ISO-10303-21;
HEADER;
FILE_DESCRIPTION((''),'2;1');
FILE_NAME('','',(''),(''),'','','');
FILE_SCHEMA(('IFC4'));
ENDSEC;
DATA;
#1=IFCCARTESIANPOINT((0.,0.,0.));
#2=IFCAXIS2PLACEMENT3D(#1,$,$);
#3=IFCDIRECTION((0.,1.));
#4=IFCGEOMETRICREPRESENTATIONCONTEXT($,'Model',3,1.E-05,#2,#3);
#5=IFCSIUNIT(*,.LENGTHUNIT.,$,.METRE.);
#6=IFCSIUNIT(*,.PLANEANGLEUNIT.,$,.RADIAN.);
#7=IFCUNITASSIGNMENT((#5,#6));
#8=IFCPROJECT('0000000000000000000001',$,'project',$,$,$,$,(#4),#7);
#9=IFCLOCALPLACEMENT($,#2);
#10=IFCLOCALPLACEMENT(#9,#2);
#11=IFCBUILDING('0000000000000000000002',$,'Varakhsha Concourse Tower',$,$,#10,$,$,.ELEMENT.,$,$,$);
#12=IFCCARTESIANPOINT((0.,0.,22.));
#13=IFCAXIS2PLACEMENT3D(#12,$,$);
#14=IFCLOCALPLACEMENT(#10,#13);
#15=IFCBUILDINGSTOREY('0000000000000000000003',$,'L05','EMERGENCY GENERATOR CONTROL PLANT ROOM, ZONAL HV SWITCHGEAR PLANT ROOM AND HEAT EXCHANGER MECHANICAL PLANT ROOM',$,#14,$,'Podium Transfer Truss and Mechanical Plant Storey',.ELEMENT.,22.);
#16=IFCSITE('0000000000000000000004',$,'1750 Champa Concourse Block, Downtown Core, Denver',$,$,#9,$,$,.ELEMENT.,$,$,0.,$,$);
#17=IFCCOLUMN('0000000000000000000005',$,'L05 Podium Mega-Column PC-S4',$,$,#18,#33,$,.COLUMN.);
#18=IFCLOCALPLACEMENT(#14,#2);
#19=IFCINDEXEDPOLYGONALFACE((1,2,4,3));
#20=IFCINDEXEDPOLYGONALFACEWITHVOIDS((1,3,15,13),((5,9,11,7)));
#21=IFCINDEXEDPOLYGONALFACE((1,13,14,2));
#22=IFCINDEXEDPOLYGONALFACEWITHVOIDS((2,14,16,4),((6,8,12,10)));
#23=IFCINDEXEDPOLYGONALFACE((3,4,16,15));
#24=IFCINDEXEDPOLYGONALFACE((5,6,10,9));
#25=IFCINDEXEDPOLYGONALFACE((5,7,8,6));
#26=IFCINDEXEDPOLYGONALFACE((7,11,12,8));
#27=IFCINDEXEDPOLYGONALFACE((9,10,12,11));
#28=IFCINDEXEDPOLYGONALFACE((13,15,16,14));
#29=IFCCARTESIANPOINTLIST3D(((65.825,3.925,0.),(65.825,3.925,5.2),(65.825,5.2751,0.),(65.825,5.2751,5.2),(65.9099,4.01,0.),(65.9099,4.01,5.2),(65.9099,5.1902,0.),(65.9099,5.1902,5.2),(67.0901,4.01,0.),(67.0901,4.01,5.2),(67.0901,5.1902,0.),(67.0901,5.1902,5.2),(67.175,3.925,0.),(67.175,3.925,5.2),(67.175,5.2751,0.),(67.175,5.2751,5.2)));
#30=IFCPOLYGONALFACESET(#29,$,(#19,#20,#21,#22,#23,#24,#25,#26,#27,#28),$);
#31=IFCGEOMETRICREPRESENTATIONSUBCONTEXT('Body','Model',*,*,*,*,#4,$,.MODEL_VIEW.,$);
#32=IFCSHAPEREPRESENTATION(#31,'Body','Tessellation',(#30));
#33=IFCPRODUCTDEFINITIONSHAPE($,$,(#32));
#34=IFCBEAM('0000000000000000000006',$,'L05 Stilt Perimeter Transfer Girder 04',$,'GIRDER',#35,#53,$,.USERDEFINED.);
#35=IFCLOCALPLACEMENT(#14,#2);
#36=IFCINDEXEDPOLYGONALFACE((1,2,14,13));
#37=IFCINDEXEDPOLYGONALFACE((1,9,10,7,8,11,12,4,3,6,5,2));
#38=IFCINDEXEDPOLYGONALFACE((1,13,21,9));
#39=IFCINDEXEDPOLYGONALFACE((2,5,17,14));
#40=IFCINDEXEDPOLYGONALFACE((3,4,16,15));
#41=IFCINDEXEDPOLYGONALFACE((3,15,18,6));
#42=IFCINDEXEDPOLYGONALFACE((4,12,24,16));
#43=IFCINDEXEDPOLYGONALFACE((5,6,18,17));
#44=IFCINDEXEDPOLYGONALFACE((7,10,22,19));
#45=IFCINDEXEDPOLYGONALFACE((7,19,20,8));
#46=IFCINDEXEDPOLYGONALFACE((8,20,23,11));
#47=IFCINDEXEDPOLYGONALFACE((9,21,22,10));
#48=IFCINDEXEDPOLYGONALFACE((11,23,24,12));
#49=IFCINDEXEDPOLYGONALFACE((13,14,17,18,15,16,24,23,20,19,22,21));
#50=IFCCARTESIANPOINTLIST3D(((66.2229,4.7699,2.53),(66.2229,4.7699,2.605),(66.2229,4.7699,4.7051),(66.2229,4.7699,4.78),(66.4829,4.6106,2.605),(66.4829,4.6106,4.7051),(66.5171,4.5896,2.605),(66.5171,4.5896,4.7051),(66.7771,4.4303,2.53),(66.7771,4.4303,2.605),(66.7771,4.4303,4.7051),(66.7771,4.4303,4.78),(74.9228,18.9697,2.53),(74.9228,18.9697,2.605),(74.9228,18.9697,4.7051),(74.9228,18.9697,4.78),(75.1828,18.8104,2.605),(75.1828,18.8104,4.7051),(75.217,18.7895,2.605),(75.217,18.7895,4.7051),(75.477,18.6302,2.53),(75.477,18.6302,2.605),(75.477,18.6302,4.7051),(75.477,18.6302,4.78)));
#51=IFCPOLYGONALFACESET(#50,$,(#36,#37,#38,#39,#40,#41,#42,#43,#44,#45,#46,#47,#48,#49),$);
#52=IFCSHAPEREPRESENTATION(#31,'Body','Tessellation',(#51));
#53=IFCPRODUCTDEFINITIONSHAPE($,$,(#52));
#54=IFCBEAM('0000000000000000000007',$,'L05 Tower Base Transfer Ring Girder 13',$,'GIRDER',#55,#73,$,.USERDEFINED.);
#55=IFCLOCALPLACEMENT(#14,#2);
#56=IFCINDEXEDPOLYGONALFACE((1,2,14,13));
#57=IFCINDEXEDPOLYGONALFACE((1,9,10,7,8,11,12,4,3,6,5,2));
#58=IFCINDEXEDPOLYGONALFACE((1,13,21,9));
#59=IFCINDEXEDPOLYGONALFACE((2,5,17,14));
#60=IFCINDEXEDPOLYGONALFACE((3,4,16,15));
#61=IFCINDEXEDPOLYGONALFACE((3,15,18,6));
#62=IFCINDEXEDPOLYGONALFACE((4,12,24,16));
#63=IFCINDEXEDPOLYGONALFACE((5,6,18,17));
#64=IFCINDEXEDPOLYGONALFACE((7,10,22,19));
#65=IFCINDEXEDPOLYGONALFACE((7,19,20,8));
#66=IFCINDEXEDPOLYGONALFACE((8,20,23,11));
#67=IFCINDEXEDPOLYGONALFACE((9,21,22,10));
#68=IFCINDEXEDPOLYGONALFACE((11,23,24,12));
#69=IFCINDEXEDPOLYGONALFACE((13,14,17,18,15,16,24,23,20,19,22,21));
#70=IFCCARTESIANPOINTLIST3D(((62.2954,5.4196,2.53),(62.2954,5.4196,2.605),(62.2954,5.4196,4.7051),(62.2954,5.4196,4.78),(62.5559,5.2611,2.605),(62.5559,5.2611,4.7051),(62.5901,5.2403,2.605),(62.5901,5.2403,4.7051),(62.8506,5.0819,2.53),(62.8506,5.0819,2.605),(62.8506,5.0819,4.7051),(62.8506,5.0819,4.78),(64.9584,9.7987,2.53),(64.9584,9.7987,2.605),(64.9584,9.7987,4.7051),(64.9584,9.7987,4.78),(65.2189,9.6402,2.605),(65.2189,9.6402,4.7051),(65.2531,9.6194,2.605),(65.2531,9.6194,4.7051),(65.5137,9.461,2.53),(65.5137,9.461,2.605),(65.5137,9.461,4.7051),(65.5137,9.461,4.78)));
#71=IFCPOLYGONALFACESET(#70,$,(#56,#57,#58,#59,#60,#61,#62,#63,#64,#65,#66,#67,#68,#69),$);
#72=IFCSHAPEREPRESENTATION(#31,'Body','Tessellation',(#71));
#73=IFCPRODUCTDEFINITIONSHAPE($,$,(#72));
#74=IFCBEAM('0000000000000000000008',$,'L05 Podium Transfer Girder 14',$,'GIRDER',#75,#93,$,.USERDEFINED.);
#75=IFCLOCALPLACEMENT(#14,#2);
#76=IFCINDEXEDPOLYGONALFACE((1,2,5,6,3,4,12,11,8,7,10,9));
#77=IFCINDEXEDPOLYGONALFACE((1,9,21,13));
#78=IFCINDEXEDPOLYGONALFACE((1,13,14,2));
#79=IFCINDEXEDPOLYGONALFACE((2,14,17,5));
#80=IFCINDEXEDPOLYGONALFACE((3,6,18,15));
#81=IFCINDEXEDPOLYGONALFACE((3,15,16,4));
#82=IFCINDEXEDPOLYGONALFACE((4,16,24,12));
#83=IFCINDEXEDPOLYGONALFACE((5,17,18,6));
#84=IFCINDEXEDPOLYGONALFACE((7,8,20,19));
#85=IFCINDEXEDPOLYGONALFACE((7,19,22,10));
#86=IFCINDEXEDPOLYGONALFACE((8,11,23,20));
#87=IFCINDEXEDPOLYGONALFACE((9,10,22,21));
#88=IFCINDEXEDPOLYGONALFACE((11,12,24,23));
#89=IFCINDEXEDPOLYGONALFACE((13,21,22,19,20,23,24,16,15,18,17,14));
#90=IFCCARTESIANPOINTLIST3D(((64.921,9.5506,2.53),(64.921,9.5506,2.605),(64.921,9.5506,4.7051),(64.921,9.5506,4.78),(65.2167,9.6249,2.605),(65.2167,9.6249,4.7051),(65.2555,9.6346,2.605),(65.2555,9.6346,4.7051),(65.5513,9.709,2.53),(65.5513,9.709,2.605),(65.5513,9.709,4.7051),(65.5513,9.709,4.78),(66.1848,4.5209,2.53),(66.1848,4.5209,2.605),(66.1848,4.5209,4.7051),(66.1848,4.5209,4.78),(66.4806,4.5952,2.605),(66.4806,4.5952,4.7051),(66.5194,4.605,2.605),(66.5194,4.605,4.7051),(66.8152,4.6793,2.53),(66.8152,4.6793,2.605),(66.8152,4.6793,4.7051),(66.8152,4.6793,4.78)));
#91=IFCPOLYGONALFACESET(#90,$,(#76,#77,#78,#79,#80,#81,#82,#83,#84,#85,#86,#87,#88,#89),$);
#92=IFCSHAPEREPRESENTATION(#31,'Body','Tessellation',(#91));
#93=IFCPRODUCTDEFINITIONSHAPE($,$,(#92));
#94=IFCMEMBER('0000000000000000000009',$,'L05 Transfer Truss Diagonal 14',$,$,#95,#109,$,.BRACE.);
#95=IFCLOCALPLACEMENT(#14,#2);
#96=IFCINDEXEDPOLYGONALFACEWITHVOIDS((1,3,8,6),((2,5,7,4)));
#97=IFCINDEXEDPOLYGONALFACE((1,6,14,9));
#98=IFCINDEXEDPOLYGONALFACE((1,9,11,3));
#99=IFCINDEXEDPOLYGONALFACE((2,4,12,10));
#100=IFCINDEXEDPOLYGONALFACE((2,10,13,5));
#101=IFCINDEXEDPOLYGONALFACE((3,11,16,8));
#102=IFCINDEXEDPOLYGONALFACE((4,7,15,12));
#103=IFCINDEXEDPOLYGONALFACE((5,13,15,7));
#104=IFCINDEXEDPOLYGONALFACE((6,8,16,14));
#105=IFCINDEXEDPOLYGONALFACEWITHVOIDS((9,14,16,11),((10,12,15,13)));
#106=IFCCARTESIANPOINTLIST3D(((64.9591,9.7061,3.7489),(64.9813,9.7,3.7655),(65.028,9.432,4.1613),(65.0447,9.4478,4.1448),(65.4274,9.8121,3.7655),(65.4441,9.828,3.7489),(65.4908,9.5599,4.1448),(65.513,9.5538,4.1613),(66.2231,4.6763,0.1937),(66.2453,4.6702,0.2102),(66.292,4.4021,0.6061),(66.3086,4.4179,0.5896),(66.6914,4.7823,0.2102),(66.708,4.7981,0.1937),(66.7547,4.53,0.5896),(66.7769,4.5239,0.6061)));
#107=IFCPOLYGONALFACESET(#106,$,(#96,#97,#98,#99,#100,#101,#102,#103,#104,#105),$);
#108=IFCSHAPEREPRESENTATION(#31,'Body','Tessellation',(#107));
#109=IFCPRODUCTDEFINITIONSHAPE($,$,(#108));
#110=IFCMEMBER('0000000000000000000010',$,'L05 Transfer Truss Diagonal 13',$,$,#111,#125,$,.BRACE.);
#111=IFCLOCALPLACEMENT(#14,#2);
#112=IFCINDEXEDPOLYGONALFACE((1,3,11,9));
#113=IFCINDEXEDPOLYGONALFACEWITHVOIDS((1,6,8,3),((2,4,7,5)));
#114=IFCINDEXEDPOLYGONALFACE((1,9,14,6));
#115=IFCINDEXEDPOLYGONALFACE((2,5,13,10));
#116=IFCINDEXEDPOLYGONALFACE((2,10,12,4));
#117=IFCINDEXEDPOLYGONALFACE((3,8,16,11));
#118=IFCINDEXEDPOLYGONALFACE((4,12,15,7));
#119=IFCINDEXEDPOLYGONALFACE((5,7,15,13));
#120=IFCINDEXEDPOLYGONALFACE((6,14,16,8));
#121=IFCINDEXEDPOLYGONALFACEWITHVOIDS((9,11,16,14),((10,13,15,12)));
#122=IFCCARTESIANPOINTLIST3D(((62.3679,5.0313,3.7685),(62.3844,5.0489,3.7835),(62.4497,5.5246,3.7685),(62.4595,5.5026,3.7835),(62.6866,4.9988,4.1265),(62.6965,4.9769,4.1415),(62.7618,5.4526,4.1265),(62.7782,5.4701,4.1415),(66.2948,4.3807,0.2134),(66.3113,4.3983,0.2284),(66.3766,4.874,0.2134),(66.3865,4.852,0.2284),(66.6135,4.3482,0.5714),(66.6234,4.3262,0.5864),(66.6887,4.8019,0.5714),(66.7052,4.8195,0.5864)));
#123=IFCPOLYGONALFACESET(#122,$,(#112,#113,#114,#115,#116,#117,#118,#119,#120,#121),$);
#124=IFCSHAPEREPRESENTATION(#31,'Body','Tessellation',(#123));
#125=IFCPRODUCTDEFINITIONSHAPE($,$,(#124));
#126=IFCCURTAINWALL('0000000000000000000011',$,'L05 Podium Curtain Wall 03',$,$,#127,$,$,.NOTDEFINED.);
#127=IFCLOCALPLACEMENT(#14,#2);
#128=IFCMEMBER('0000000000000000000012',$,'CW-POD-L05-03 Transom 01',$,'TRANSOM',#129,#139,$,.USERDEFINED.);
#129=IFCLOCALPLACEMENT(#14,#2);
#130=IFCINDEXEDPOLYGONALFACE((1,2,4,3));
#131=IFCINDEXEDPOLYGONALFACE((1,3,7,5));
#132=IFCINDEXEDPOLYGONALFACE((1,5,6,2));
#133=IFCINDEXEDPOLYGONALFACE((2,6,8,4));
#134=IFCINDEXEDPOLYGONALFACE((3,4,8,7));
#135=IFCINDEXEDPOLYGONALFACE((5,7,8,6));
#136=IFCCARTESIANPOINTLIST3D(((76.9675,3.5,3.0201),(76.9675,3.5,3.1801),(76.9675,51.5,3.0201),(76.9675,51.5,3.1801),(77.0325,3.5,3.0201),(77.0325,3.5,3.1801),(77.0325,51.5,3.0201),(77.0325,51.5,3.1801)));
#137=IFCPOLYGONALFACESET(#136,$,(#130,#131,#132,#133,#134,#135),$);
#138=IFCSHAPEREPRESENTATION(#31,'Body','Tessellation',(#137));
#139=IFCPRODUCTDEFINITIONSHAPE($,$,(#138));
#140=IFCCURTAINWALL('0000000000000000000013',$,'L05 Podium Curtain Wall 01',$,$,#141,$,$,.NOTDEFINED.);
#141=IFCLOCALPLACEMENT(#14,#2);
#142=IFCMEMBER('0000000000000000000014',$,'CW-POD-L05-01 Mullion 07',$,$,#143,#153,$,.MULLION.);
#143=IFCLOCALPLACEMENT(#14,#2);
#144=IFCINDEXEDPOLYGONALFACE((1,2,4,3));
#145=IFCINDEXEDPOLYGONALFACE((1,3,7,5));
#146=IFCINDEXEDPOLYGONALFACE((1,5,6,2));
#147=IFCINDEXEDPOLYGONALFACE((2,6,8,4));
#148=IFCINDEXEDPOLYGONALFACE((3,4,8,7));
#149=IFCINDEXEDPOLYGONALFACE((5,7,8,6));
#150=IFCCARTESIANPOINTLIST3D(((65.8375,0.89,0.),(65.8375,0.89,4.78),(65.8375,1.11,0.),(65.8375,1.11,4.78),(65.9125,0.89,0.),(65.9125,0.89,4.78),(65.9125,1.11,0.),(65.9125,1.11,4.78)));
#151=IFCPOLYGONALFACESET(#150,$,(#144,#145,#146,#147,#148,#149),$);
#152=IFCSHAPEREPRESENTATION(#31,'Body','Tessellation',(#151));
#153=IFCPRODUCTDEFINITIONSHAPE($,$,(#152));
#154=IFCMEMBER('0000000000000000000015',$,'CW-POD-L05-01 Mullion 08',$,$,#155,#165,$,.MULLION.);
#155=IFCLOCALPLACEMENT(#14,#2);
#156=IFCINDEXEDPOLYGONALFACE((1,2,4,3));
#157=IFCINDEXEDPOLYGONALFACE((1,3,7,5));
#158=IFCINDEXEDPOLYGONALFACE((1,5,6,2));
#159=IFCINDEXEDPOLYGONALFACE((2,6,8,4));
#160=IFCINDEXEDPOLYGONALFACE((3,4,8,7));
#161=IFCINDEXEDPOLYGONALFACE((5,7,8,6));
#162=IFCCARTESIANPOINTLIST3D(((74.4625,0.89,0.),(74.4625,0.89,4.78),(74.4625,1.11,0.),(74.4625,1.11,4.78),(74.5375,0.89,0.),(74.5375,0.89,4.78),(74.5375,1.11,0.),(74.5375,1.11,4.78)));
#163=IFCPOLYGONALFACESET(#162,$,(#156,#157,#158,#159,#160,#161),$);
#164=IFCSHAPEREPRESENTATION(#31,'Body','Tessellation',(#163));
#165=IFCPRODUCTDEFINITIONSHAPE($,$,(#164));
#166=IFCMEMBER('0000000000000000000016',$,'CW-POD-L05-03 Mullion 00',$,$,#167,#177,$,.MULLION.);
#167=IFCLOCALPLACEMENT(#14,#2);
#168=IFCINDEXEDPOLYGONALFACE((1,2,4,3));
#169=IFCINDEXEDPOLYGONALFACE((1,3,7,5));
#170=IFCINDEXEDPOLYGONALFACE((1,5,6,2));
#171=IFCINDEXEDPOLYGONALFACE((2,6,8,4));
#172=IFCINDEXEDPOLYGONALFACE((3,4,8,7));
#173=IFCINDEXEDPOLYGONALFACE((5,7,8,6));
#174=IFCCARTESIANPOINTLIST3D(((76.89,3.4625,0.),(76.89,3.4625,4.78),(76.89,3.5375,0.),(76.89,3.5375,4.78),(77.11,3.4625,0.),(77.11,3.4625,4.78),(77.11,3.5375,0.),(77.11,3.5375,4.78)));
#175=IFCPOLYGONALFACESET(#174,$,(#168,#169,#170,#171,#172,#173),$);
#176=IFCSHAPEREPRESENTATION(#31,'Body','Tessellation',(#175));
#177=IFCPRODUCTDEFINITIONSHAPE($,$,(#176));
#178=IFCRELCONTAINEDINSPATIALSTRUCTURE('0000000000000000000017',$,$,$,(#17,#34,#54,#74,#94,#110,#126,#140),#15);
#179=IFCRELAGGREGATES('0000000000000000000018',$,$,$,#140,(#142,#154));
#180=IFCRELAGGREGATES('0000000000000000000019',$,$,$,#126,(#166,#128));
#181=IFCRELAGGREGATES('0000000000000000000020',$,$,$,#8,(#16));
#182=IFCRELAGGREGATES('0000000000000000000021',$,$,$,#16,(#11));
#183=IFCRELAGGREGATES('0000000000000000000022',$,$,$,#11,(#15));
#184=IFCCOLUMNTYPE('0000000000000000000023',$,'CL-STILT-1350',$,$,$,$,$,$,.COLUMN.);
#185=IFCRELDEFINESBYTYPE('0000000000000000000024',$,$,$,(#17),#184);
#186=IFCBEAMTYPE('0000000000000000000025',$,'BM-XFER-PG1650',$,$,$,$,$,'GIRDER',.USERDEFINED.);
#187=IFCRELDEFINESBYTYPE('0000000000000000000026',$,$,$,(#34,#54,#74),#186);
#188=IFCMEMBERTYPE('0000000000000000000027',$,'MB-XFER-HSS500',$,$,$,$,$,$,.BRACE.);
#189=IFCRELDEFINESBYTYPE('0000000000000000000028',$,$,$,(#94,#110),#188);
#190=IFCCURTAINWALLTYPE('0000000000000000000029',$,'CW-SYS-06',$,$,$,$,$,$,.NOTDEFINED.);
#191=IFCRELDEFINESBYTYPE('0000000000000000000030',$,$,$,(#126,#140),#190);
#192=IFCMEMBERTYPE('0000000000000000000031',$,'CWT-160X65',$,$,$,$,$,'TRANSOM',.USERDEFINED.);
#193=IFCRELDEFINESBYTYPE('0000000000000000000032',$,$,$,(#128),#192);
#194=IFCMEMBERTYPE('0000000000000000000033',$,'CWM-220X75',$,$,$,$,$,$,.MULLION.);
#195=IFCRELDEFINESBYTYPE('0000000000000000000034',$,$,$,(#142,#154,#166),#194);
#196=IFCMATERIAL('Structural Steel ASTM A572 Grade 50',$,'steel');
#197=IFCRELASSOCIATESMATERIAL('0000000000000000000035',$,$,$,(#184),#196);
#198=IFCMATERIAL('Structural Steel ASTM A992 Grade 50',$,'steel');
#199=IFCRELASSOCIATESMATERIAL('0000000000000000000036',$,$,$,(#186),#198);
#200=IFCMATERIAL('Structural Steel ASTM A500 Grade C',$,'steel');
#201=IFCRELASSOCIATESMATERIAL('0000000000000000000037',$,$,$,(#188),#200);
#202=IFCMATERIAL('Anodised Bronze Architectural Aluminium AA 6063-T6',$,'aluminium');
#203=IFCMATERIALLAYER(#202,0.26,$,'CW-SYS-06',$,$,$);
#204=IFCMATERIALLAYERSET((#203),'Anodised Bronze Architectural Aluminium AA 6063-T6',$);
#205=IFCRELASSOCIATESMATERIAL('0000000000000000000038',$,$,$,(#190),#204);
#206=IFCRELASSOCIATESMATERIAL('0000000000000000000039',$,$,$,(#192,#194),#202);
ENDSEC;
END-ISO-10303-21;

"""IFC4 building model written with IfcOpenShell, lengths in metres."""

from ifc_helpers import new_model, si_unit, direction, frame, origin, origin_2d, place, context, subcontext, project, spatial, rectangle, hollow_rectangle, i_section, extrude, source, transform, mapped, material, layer, layer_set, material_profile, profile_set, type_object, type_shapes, element, aggregate, save


model = new_model("IFC4")

# Units and contexts
model_context = context("Model", 3, precision=1e-05, world=origin(), true_north=direction((0.0, 1.0)))
body_context = subcontext(model_context, "Body", "Model", "MODEL_VIEW")
ifc_project = project(units=[si_unit("LENGTHUNIT", "METRE"), si_unit("PLANEANGLEUNIT", "RADIAN")], contexts=[model_context])

# Site, building, storey
site_placement = place(None, origin())
site = spatial("IfcSite", under=ifc_project, at=site_placement, Name="1750 Champa Concourse Block, Downtown Core, Denver", CompositionType="ELEMENT", RefElevation=0.0)
building_placement = place(site_placement, origin())
building = spatial("IfcBuilding", under=site, at=building_placement, Name="Varakhsha Concourse Tower", CompositionType="ELEMENT")
storey_placement = place(building_placement, frame((0.0, 0.0, 22.0)))
storey = spatial("IfcBuildingStorey", under=building, at=storey_placement, Name="L05", Description="EMERGENCY GENERATOR CONTROL PLANT ROOM, ZONAL HV SWITCHGEAR PLANT ROOM AND HEAT EXCHANGER MECHANICAL PLANT ROOM", LongName="Podium Transfer Truss and Mechanical Plant Storey", CompositionType="ELEMENT", Elevation=22.0)

# Column
ifc_material_1 = material(Name="Structural Steel ASTM A572 Grade 50", Category="steel")
ifc_material_profile_1 = material_profile(ifc_material_1, hollow_rectangle(XDim=1.3501, YDim=1.3501, WallThickness=0.085, at=origin_2d()), Name="BOX 1350x1350x85")
ifc_profile_set_1 = profile_set([ifc_material_profile_1], Name="Structural Steel ASTM A572 Grade 50")
column_type = type_object("IfcColumnType", Name="CL-STILT-1350", PredefinedType="COLUMN", material=ifc_profile_set_1)
column_placement = place(storey_placement, frame((66.5, 4.6001, 0.0), z_axis=(0.0, 0.0, 1.0), x_axis=(1.0, 0.0, 0.0)))
element("IfcColumn", 1, at=column_placement, inside=storey, type_object=column_type, Name="L05 Podium Mega-Column PC-S4", PredefinedType="COLUMN", context=body_context, shape_type="SweptSolid", body=[
    extrude(hollow_rectangle(XDim=1.3501, YDim=1.3501, WallThickness=0.085, at=origin_2d()), origin(), (0.0, 0.0, 1.0), 5.2),
])

# Beams
ifc_material_2 = material(Name="Structural Steel ASTM A992 Grade 50", Category="steel")
ifc_material_profile_2 = material_profile(ifc_material_2, i_section(OverallWidth=0.6499, OverallDepth=2.25, WebThickness=0.04, FlangeThickness=0.075, at=origin_2d()), Name="PG 2250x650x75x40")
ifc_profile_set_2 = profile_set([ifc_material_profile_2], Name="Structural Steel ASTM A992 Grade 50")
beam_type = type_object("IfcBeamType", Name="BM-XFER-PG1650", ElementType="GIRDER", PredefinedType="USERDEFINED", material=ifc_profile_set_2)
beam_1_placement = place(storey_placement, frame((66.5, 4.6001, 3.655), z_axis=(0.52242, 0.852688, 0.0), x_axis=(-0.852688, 0.52242, 0.0)))
element("IfcBeam", 2, at=beam_1_placement, inside=storey, type_object=beam_type, Name="L05 Stilt Perimeter Transfer Girder 04", ObjectType="GIRDER", PredefinedType="USERDEFINED", context=body_context, shape_type="SweptSolid", body=[
    extrude(i_section(OverallWidth=0.6499, OverallDepth=2.25, WebThickness=0.04, FlangeThickness=0.075, at=origin_2d()), origin(), (0.0, 0.0, 1.0), 16.6531),
])
beam_2_placement = place(storey_placement, frame((62.573, 5.2507, 3.655), z_axis=(0.519593, 0.854414, 0.0), x_axis=(-0.854414, 0.519593, 0.0)))
element("IfcBeam", 3, at=beam_2_placement, inside=storey, type_object=beam_type, Name="L05 Tower Base Transfer Ring Girder 13", ObjectType="GIRDER", PredefinedType="USERDEFINED", context=body_context, shape_type="SweptSolid", body=[
    extrude(i_section(OverallWidth=0.6499, OverallDepth=2.25, WebThickness=0.04, FlangeThickness=0.075, at=origin_2d()), origin(), (0.0, 0.0, 1.0), 5.1252),
])
beam_3_placement = place(storey_placement, frame((66.5, 4.6001, 3.655), z_axis=(-0.24371, 0.969848, 0.0), x_axis=(-0.969848, -0.24371, 0.0)))
element("IfcBeam", 4, at=beam_3_placement, inside=storey, type_object=beam_type, Name="L05 Podium Transfer Girder 14", ObjectType="GIRDER", PredefinedType="USERDEFINED", context=body_context, shape_type="SweptSolid", body=[
    extrude(i_section(OverallWidth=0.6499, OverallDepth=2.25, WebThickness=0.04, FlangeThickness=0.075, at=origin_2d()), origin(), (0.0, 0.0, 1.0), 5.186),
])

# Members
ifc_material_3 = material(Name="Structural Steel ASTM A500 Grade C", Category="steel")
ifc_material_profile_3 = material_profile(ifc_material_3, hollow_rectangle(XDim=0.5, YDim=0.5, WallThickness=0.02, at=origin_2d()), Name="HSS 500x500x20")
ifc_profile_set_3 = profile_set([ifc_material_profile_3], Name="Structural Steel ASTM A500 Grade C")
member_type_1 = type_object("IfcMemberType", Name="MB-XFER-HSS500", PredefinedType="BRACE", material=ifc_profile_set_3)
shared_shape_1 = source(origin(), body_context, "Body", "SweptSolid", [
    extrude(hollow_rectangle(XDim=0.5, YDim=0.5, WallThickness=0.02, at=origin_2d()), origin(), (0.0, 0.0, 1.0), 6.2878),
])
member_1_placement = place(storey_placement, frame((66.5, 4.6001, 0.3999), z_axis=(-0.201013, 0.799937, 0.565415), x_axis=(-0.969848, -0.24371, 0.0)))
element("IfcMember", 5, at=member_1_placement, inside=storey, type_object=member_type_1, Name="L05 Transfer Truss Diagonal 14", PredefinedType="BRACE", context=body_context, shape_type="MappedRepresentation", body=[
    mapped(shared_shape_1, transform((0.0, 0.0, 0.0), scale=1.0)),
])
shared_shape_2 = source(origin(), body_context, "Body", "SweptSolid", [
    extrude(hollow_rectangle(XDim=0.5, YDim=0.5, WallThickness=0.02, at=origin_2d()), origin(), (0.0, 0.0, 1.0), 5.3369),
])
type_shapes(member_type_1, [shared_shape_1, shared_shape_2])
member_2_placement = place(storey_placement, frame((66.5, 4.6001, 0.3999), z_axis=(-0.735802, 0.121909, 0.666133), x_axis=(-0.163454, -0.986551, 0.0)))
element("IfcMember", 6, at=member_2_placement, inside=storey, type_object=member_type_1, Name="L05 Transfer Truss Diagonal 13", PredefinedType="BRACE", context=body_context, shape_type="MappedRepresentation", body=[
    mapped(shared_shape_2, transform((0.0, 0.0, 0.0), scale=1.0)),
])

# Curtain wall, member
ifc_material_4 = material(Name="Anodised Bronze Architectural Aluminium AA 6063-T6", Category="aluminium")
ifc_layer_1 = layer(ifc_material_4, 0.26, Name="CW-SYS-06")
ifc_layer_set_1 = layer_set([ifc_layer_1], Name="Anodised Bronze Architectural Aluminium AA 6063-T6")
curtain_wall_type = type_object("IfcCurtainWallType", Name="CW-SYS-06", PredefinedType="NOTDEFINED", material=ifc_layer_set_1)
curtain_wall_1_placement = place(storey_placement, origin())
curtain_wall_1 = element("IfcCurtainWall", 7, at=curtain_wall_1_placement, inside=storey, type_object=curtain_wall_type, Name="L05 Podium Curtain Wall 03", PredefinedType="NOTDEFINED")
ifc_material_profile_4 = material_profile(ifc_material_4, rectangle(XDim=0.0649, YDim=0.1599, at=origin_2d()), Name="CWT-160X65")
ifc_profile_set_4 = profile_set([ifc_material_profile_4], Name="Anodised Bronze Architectural Aluminium AA 6063-T6")
member_type_2 = type_object("IfcMemberType", Name="CWT-160X65", ElementType="TRANSOM", PredefinedType="USERDEFINED", material=ifc_profile_set_4)
shared_shape_3 = source(origin(), body_context, "Body", "SweptSolid", [
    extrude(rectangle(XDim=0.0649, YDim=0.1599, at=origin_2d()), origin(), (0.0, 0.0, 1.0), 48.0),
])
type_shapes(member_type_2, [shared_shape_3])
member_3_placement = place(storey_placement, frame((77.0, 3.5, 3.1001), z_axis=(0.0, 1.0, 0.0), x_axis=(-1.0, 0.0, 0.0)))
member_3 = element("IfcMember", 8, at=member_3_placement, type_object=member_type_2, Name="CW-POD-L05-03 Transom 01", ObjectType="TRANSOM", PredefinedType="USERDEFINED", context=body_context, shape_type="MappedRepresentation", body=[
    mapped(shared_shape_3, transform((0.0, 0.0, 0.0), scale=1.0)),
])

# Curtain wall, members
curtain_wall_2_placement = place(storey_placement, origin())
curtain_wall_2 = element("IfcCurtainWall", 9, at=curtain_wall_2_placement, inside=storey, type_object=curtain_wall_type, Name="L05 Podium Curtain Wall 01", PredefinedType="NOTDEFINED")
ifc_material_profile_5 = material_profile(ifc_material_4, rectangle(XDim=0.075, YDim=0.22, at=origin_2d()), Name="CWM-220X75")
ifc_profile_set_5 = profile_set([ifc_material_profile_5], Name="Anodised Bronze Architectural Aluminium AA 6063-T6")
member_type_3 = type_object("IfcMemberType", Name="CWM-220X75", PredefinedType="MULLION", material=ifc_profile_set_5)
shared_shape_4 = source(origin(), body_context, "Body", "SweptSolid", [
    extrude(rectangle(XDim=0.075, YDim=0.22, at=origin_2d()), origin(), (0.0, 0.0, 1.0), 4.78),
])
type_shapes(member_type_3, [shared_shape_4])
member_4_placement = place(storey_placement, frame((65.875, 1.0, 0.0), z_axis=(0.0, 0.0, 1.0), x_axis=(1.0, 0.0, 0.0)))
member_4 = element("IfcMember", 10, at=member_4_placement, type_object=member_type_3, Name="CW-POD-L05-01 Mullion 07", PredefinedType="MULLION", context=body_context, shape_type="MappedRepresentation", body=[
    mapped(shared_shape_4, transform((0.0, 0.0, 0.0), scale=1.0)),
])
member_5_placement = place(storey_placement, frame((74.5, 1.0, 0.0), z_axis=(0.0, 0.0, 1.0), x_axis=(1.0, 0.0, 0.0)))
member_5 = element("IfcMember", 11, at=member_5_placement, type_object=member_type_3, Name="CW-POD-L05-01 Mullion 08", PredefinedType="MULLION", context=body_context, shape_type="MappedRepresentation", body=[
    mapped(shared_shape_4, transform((0.0, 0.0, 0.0), scale=1.0)),
])

# Member
member_6_placement = place(storey_placement, frame((77.0, 3.5, 0.0), z_axis=(0.0, 0.0, 1.0), x_axis=(0.0, 1.0, 0.0)))
member_6 = element("IfcMember", 12, at=member_6_placement, type_object=member_type_3, Name="CW-POD-L05-03 Mullion 00", PredefinedType="MULLION", context=body_context, shape_type="MappedRepresentation", body=[
    mapped(shared_shape_4, transform((0.0, 0.0, 0.0), scale=1.0)),
])

aggregate(curtain_wall_2, [member_4, member_5])
aggregate(curtain_wall_1, [member_6, member_3])

save(model, "model.ifc")
